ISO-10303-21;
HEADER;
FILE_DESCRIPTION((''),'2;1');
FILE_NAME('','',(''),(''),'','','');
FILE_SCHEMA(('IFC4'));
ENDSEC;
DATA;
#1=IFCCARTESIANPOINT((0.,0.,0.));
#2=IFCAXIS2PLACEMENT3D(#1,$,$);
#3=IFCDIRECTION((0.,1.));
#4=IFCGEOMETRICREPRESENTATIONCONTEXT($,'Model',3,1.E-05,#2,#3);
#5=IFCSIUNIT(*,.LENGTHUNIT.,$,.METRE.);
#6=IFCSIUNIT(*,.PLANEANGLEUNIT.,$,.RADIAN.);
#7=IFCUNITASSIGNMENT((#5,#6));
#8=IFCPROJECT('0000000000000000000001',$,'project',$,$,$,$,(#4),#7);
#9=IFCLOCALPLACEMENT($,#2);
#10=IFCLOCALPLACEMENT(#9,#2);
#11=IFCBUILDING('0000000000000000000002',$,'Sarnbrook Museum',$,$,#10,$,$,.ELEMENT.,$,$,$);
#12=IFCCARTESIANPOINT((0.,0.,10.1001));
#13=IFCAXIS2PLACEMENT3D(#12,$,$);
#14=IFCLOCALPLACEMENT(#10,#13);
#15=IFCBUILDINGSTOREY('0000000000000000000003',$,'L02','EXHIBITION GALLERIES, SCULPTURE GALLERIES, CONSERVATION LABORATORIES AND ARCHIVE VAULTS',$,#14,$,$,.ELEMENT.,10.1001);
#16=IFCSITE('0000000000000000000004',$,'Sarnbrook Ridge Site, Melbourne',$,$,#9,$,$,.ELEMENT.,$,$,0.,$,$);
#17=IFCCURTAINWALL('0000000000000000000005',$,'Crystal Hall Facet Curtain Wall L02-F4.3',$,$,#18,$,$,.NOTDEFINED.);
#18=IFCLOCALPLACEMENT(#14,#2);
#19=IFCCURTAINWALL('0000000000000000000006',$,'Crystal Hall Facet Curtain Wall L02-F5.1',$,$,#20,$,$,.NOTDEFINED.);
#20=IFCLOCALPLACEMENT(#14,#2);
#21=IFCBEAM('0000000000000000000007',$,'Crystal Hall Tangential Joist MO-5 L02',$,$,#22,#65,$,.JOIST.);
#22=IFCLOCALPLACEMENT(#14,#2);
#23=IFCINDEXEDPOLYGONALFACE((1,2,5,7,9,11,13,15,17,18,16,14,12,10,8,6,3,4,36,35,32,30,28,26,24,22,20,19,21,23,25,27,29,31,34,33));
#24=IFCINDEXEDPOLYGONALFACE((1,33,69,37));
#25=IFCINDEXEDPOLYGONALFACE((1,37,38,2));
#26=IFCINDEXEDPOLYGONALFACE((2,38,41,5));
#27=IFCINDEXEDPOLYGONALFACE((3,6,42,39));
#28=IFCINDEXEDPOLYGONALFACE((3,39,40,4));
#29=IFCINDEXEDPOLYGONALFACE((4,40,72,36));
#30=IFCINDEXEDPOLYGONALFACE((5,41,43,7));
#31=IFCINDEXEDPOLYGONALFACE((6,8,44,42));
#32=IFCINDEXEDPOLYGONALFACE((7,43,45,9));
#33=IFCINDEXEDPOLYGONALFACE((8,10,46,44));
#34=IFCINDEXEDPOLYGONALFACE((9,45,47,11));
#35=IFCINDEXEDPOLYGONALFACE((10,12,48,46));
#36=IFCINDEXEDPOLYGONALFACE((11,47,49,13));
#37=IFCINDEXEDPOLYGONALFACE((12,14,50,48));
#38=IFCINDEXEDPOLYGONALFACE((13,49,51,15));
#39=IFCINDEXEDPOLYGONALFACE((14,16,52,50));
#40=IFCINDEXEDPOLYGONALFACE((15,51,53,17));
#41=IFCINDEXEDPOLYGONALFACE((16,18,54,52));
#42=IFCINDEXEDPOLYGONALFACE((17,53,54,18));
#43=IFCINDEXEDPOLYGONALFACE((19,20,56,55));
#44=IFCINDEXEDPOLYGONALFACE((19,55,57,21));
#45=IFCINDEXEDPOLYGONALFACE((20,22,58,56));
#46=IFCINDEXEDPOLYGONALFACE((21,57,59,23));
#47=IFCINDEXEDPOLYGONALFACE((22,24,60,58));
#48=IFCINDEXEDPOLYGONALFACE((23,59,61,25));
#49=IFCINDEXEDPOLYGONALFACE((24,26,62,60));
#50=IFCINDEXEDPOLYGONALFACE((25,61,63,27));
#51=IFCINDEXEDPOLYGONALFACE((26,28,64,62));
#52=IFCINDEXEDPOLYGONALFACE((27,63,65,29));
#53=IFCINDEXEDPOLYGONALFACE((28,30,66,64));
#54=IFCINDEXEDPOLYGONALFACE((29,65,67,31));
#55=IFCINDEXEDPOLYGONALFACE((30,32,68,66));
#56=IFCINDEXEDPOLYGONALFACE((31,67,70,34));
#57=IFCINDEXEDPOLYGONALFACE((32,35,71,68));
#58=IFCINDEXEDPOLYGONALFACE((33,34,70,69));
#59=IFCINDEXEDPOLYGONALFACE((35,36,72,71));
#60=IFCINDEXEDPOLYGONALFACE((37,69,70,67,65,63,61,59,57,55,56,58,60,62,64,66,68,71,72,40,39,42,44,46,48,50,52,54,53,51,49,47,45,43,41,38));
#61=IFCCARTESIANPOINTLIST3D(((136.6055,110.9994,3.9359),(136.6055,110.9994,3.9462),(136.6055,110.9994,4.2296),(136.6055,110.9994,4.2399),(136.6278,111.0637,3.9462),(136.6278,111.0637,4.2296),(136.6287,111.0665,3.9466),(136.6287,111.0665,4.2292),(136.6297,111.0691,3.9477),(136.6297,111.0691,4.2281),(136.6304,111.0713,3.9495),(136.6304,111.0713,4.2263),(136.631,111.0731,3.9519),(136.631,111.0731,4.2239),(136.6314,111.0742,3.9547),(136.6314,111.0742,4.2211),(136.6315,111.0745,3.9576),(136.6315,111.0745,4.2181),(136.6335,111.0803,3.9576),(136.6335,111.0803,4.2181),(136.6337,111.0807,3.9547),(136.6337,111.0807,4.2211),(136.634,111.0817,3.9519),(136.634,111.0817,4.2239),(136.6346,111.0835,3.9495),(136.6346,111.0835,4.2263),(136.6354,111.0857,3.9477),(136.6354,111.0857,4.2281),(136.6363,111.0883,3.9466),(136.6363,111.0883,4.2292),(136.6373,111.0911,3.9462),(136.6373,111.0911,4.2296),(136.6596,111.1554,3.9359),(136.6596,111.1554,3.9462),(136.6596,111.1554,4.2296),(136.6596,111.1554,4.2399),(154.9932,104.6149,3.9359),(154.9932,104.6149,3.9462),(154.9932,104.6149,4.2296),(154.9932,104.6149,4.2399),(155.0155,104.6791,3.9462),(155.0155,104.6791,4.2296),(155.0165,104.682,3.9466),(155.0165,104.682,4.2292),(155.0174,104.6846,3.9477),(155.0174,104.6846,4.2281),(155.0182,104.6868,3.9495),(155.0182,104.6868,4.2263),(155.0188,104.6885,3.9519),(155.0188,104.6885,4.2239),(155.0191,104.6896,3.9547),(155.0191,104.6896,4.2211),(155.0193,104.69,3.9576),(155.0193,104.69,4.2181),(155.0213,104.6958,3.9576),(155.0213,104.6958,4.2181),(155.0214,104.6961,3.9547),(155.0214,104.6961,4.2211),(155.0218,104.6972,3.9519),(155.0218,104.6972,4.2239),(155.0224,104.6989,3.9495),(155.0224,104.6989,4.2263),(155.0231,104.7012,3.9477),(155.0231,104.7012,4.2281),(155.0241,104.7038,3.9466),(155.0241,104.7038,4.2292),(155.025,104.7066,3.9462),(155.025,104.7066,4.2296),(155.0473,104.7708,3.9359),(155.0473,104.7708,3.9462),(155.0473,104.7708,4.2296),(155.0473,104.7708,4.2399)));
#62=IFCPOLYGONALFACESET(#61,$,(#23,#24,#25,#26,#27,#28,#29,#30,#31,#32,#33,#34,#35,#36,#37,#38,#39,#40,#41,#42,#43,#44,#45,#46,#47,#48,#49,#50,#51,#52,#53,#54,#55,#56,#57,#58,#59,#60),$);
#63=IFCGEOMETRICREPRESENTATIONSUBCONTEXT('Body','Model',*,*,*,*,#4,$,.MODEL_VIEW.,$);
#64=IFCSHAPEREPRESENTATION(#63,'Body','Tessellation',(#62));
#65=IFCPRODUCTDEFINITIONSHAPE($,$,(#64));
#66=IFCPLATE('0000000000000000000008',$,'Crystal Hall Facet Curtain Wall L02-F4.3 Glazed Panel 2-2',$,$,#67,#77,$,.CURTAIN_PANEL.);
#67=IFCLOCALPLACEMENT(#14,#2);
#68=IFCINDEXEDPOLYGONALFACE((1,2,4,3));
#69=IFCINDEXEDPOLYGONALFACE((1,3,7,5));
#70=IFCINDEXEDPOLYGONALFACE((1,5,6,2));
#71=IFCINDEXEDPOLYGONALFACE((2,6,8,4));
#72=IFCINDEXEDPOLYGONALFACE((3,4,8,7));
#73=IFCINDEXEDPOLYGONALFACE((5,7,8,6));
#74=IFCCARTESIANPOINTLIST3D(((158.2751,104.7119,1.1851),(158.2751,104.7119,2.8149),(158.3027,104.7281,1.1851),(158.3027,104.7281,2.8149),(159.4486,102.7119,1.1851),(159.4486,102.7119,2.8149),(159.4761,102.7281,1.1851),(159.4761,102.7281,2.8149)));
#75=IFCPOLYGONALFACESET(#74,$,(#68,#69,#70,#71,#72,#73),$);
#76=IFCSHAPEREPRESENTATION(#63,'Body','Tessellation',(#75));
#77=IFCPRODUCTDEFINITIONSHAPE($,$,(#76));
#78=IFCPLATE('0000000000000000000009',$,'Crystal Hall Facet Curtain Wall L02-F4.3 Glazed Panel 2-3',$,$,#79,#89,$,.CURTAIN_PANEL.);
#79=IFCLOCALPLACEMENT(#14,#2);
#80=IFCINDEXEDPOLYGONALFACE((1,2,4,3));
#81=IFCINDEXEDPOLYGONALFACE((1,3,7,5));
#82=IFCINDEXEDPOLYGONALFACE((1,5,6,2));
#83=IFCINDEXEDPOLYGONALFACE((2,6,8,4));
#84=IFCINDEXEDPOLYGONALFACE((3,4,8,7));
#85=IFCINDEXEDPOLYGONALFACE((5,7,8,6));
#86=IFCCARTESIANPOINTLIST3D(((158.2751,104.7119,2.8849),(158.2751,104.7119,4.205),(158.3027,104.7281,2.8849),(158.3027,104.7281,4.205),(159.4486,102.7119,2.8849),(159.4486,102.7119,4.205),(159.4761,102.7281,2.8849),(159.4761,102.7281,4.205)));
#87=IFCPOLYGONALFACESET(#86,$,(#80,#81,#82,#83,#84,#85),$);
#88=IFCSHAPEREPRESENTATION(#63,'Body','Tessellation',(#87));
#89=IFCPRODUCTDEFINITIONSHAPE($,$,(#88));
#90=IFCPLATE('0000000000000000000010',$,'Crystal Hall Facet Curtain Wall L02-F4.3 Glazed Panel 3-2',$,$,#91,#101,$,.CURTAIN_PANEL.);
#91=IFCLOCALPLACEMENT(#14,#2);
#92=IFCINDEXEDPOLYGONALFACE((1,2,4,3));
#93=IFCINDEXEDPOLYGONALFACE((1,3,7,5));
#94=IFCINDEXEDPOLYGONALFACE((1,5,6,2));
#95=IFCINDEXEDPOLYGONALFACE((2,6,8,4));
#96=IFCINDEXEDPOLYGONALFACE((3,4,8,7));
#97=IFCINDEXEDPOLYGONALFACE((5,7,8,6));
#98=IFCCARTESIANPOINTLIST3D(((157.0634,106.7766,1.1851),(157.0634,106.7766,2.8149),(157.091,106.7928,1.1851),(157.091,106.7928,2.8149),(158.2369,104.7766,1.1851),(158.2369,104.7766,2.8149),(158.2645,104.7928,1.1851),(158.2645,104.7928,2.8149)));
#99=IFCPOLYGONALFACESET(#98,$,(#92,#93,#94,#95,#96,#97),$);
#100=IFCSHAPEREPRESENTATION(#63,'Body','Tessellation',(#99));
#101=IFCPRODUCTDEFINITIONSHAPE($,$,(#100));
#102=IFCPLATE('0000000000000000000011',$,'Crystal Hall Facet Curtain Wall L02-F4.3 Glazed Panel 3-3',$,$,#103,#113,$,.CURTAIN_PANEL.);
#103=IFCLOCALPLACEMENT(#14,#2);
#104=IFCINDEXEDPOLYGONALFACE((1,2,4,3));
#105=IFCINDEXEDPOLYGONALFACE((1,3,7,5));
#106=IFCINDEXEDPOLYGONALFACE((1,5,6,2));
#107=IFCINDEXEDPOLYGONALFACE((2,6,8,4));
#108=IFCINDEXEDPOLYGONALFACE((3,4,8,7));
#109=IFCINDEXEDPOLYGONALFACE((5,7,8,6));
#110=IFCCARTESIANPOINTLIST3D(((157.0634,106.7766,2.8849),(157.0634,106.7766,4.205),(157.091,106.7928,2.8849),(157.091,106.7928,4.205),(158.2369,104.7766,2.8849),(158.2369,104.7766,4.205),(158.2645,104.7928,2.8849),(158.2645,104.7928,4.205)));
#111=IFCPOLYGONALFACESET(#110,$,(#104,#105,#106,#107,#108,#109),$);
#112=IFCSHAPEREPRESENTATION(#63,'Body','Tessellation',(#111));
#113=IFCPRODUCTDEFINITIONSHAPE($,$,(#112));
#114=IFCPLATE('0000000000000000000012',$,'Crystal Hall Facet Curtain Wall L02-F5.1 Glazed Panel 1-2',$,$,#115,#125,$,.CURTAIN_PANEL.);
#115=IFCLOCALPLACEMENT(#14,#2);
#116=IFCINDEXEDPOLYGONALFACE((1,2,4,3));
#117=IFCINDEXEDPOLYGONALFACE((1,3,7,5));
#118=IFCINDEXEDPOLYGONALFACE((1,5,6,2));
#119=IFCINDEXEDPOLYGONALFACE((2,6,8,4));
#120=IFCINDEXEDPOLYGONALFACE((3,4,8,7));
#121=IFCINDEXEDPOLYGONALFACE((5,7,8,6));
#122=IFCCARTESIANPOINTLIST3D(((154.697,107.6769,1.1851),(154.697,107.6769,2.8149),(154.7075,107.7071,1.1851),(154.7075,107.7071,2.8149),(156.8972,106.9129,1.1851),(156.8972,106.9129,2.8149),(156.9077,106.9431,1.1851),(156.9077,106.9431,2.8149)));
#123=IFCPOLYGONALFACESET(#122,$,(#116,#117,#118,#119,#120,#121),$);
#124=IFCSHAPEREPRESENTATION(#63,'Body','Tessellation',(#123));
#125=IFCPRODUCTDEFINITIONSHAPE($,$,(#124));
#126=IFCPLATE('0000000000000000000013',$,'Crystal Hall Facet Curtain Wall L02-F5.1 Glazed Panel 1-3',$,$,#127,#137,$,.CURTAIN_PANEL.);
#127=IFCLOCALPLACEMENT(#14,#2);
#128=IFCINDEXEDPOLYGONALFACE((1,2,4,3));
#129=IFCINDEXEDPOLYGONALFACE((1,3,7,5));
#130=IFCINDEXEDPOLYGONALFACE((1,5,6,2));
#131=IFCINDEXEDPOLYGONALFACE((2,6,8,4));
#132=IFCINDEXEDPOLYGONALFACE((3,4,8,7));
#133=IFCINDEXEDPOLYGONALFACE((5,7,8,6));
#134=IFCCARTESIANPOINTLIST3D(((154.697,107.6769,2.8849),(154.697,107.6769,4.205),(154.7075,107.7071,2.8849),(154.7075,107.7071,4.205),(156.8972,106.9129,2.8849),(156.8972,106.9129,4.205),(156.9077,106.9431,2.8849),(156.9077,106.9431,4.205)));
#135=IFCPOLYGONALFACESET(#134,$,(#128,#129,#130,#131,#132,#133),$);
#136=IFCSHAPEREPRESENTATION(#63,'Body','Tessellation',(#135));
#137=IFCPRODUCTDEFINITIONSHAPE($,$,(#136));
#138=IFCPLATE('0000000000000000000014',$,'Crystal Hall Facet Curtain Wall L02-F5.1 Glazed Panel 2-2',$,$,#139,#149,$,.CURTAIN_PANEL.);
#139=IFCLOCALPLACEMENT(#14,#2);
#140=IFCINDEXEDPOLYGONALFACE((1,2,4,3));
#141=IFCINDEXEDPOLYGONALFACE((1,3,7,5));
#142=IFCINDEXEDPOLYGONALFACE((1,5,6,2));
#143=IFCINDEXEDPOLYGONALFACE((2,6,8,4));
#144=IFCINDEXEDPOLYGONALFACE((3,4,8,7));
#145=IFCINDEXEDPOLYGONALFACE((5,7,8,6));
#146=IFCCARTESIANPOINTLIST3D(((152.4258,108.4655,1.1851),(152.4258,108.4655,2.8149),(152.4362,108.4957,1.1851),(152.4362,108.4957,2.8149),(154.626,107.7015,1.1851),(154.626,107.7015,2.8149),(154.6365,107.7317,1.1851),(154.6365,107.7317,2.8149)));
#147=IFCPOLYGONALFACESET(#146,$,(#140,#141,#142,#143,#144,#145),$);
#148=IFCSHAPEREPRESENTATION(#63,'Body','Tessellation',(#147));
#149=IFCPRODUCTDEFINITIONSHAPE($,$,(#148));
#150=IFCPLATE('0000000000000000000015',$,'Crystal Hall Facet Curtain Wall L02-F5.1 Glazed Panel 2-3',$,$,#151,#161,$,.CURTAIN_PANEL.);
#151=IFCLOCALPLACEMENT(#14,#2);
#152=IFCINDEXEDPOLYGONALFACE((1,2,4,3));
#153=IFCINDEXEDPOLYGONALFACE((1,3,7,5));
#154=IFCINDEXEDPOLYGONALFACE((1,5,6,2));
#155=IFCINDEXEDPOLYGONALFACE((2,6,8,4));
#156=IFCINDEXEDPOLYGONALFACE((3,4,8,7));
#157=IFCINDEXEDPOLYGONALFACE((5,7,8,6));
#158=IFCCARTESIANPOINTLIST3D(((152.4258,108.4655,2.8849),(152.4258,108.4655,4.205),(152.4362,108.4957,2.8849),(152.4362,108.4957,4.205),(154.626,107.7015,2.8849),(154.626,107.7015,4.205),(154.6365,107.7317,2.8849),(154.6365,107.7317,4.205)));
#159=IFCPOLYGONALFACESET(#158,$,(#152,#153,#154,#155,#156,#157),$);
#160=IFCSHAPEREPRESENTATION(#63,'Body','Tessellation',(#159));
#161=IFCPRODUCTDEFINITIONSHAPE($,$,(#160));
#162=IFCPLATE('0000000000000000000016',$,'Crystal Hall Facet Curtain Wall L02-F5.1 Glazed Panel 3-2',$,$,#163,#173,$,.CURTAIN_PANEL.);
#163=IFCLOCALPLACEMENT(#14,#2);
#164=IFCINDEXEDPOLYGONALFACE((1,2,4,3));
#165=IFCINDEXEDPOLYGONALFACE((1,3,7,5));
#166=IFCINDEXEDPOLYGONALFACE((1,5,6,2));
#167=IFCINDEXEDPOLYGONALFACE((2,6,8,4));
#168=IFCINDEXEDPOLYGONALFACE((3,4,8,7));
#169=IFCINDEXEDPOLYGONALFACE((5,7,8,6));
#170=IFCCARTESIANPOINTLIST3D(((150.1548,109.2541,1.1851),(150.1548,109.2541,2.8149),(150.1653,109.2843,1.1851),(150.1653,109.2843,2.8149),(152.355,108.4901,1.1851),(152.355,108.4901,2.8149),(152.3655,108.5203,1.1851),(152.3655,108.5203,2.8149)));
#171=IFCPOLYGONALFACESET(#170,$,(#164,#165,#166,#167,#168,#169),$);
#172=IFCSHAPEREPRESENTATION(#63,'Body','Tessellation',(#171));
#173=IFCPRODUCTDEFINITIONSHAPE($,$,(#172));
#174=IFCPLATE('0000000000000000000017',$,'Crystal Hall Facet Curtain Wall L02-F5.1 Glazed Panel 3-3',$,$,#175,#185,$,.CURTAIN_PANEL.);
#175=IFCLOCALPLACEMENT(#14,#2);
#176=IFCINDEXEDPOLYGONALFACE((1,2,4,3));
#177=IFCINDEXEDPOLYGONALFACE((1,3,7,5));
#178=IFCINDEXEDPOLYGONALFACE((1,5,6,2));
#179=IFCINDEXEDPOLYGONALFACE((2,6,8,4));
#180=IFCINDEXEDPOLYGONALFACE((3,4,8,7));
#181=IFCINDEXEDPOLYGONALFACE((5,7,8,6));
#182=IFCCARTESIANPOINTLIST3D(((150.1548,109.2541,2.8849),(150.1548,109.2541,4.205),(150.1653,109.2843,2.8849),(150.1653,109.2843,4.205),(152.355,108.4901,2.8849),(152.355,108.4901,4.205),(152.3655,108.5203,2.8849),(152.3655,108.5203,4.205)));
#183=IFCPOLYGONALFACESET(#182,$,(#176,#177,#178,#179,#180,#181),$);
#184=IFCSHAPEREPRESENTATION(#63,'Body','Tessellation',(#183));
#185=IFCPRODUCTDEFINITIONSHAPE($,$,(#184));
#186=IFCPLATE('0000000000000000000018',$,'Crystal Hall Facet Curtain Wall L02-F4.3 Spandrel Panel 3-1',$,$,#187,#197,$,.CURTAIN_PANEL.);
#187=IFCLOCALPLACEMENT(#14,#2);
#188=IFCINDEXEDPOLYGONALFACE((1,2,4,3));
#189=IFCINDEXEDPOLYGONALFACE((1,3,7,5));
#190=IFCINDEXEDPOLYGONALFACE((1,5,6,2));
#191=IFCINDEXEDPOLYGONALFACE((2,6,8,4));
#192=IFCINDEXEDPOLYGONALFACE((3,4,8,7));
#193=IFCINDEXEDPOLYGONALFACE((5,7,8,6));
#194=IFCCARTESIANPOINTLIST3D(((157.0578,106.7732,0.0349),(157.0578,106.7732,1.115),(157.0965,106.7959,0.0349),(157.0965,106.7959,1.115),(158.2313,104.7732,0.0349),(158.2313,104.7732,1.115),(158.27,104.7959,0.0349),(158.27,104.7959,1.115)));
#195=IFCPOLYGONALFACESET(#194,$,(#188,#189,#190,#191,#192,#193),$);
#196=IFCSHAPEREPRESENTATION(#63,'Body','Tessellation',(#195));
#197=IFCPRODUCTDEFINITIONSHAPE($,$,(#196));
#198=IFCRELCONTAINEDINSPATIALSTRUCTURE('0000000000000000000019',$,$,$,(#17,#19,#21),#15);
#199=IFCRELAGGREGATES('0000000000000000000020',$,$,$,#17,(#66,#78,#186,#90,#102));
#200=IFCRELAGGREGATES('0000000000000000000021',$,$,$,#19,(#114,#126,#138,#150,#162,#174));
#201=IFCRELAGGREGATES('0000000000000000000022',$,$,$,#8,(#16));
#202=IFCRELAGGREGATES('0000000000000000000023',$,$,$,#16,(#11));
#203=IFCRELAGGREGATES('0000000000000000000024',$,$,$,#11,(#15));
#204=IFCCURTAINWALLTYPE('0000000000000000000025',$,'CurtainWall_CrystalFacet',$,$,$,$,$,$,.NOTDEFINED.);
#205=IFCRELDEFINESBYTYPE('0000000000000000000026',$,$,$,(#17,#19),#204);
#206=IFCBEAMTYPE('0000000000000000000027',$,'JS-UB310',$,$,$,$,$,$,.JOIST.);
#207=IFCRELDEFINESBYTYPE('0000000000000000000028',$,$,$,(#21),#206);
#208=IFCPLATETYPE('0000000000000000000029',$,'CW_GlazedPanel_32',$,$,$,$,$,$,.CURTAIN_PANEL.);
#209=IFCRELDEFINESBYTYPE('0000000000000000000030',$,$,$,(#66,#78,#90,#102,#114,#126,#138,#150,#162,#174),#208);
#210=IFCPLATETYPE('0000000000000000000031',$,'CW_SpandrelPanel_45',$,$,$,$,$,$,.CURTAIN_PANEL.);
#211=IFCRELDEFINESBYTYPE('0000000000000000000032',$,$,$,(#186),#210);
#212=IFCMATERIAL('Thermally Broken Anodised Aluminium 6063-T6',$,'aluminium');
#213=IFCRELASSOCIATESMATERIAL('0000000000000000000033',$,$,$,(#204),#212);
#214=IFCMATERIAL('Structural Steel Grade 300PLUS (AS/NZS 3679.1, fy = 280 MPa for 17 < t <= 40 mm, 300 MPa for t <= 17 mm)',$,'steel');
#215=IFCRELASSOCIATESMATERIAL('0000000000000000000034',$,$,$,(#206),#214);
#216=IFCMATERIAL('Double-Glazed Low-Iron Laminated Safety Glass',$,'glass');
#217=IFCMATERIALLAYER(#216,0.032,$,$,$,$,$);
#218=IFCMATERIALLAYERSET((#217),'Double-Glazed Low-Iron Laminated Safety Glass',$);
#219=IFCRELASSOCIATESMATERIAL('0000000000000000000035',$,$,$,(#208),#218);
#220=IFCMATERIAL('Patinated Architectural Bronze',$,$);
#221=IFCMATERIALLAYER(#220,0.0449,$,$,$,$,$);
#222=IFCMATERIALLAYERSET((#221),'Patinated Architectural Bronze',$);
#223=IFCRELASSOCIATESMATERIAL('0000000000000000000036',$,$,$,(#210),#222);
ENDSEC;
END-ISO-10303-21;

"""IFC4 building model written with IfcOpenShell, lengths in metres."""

from ifc_helpers import new_model, si_unit, direction, frame, origin, origin_2d, place, context, subcontext, project, spatial, rectangle, i_section, extrude, material, layer, layer_set, material_profile, profile_set, type_object, element, aggregate, save


model = new_model("IFC4")

# Units and contexts
model_context = context("Model", 3, precision=1e-05, world=origin(), true_north=direction((0.0, 1.0)))
body_context = subcontext(model_context, "Body", "Model", "MODEL_VIEW")
ifc_project = project(units=[si_unit("LENGTHUNIT", "METRE"), si_unit("PLANEANGLEUNIT", "RADIAN")], contexts=[model_context])

# Site, building, storey
site_placement = place(None, origin())
site = spatial("IfcSite", under=ifc_project, at=site_placement, Name="Sarnbrook Ridge Site, Melbourne", CompositionType="ELEMENT", RefElevation=0.0)
building_placement = place(site_placement, origin())
building = spatial("IfcBuilding", under=site, at=building_placement, Name="Sarnbrook Museum", CompositionType="ELEMENT")
storey_placement = place(building_placement, frame((0.0, 0.0, 10.1001)))
storey = spatial("IfcBuildingStorey", under=building, at=storey_placement, Name="L02", Description="EXHIBITION GALLERIES, SCULPTURE GALLERIES, CONSERVATION LABORATORIES AND ARCHIVE VAULTS", CompositionType="ELEMENT", Elevation=10.1001)

# Curtain walls
ifc_material_1 = material(Name="Thermally Broken Anodised Aluminium 6063-T6", Category="aluminium")
curtain_wall_type = type_object("IfcCurtainWallType", Name="CurtainWall_CrystalFacet", PredefinedType="NOTDEFINED", material=ifc_material_1)
curtain_wall_1_placement = place(storey_placement, origin())
curtain_wall_1 = element("IfcCurtainWall", 1, at=curtain_wall_1_placement, inside=storey, type_object=curtain_wall_type, Name="Crystal Hall Facet Curtain Wall L02-F4.3", PredefinedType="NOTDEFINED")
curtain_wall_2_placement = place(storey_placement, origin())
curtain_wall_2 = element("IfcCurtainWall", 2, at=curtain_wall_2_placement, inside=storey, type_object=curtain_wall_type, Name="Crystal Hall Facet Curtain Wall L02-F5.1", PredefinedType="NOTDEFINED")

# Beam
ifc_material_2 = material(Name="Structural Steel Grade 300PLUS (AS/NZS 3679.1, fy = 280 MPa for 17 < t <= 40 mm, 300 MPa for t <= 17 mm)", Category="steel")
ifc_material_profile_1 = material_profile(ifc_material_2, i_section(OverallWidth=0.165, OverallDepth=0.304, WebThickness=0.0061, FlangeThickness=0.0103, FilletRadius=0.0115, at=origin_2d()), Name="310UB40.4")
ifc_profile_set_1 = profile_set([ifc_material_profile_1], Name="Structural Steel Grade 300PLUS (AS/NZS 3679.1, fy = 280 MPa for 17 < t <= 40 mm, 300 MPa for t <= 17 mm)")
beam_type_1 = type_object("IfcBeamType", Name="JS-UB310", PredefinedType="JOIST", material=ifc_profile_set_1)
beam_1_placement = place(storey_placement, frame((155.0203, 104.6929, 4.0879), z_axis=(-0.944675, 0.328007, 0.0), x_axis=(-0.328007, -0.944675, 0.0)))
element("IfcBeam", 3, at=beam_1_placement, inside=storey, type_object=beam_type_1, Name="Crystal Hall Tangential Joist MO-5 L02", PredefinedType="JOIST", context=body_context, shape_type="SweptSolid", body=[
    extrude(i_section(OverallWidth=0.165, OverallDepth=0.304, WebThickness=0.0061, FlangeThickness=0.0103, FilletRadius=0.0115, at=origin_2d()), origin(), (0.0, 0.0, 1.0), 19.4646),
])

# Plates
ifc_material_3 = material(Name="Double-Glazed Low-Iron Laminated Safety Glass", Category="glass")
ifc_layer_1 = layer(ifc_material_3, 0.032)
ifc_layer_set_1 = layer_set([ifc_layer_1], Name="Double-Glazed Low-Iron Laminated Safety Glass")
plate_type_1 = type_object("IfcPlateType", Name="CW_GlazedPanel_32", PredefinedType="CURTAIN_PANEL", material=ifc_layer_set_1)
plate_1_placement = place(storey_placement, frame((158.8618, 103.7119, 2.0), z_axis=(0.862498, 0.506061, 0.0), x_axis=(-0.506061, 0.862498, 0.0)))
plate_1 = element("IfcPlate", 4, at=plate_1_placement, type_object=plate_type_1, Name="Crystal Hall Facet Curtain Wall L02-F4.3 Glazed Panel 2-2", PredefinedType="CURTAIN_PANEL", context=body_context, shape_type="SweptSolid", body=[
    extrude(rectangle(XDim=2.3188, YDim=1.6299, at=origin_2d()), origin(), (0.0, 0.0, 1.0), 0.032),
])
plate_2_placement = place(storey_placement, frame((158.8618, 103.7119, 3.5449), z_axis=(0.862498, 0.506061, 0.0), x_axis=(-0.506061, 0.862498, 0.0)))
plate_2 = element("IfcPlate", 5, at=plate_2_placement, type_object=plate_type_1, Name="Crystal Hall Facet Curtain Wall L02-F4.3 Glazed Panel 2-3", PredefinedType="CURTAIN_PANEL", context=body_context, shape_type="SweptSolid", body=[
    extrude(rectangle(XDim=2.3188, YDim=1.3201, at=origin_2d()), origin(), (0.0, 0.0, 1.0), 0.032),
])
plate_3_placement = place(storey_placement, frame((157.6501, 105.7766, 2.0), z_axis=(0.862498, 0.506061, 0.0), x_axis=(-0.506061, 0.862498, 0.0)))
plate_3 = element("IfcPlate", 6, at=plate_3_placement, type_object=plate_type_1, Name="Crystal Hall Facet Curtain Wall L02-F4.3 Glazed Panel 3-2", PredefinedType="CURTAIN_PANEL", context=body_context, shape_type="SweptSolid", body=[
    extrude(rectangle(XDim=2.3188, YDim=1.6299, at=origin_2d()), origin(), (0.0, 0.0, 1.0), 0.032),
])
plate_4_placement = place(storey_placement, frame((157.6501, 105.7766, 3.5449), z_axis=(0.862498, 0.506061, 0.0), x_axis=(-0.506061, 0.862498, 0.0)))
plate_4 = element("IfcPlate", 7, at=plate_4_placement, type_object=plate_type_1, Name="Crystal Hall Facet Curtain Wall L02-F4.3 Glazed Panel 3-3", PredefinedType="CURTAIN_PANEL", context=body_context, shape_type="SweptSolid", body=[
    extrude(rectangle(XDim=2.3188, YDim=1.3201, at=origin_2d()), origin(), (0.0, 0.0, 1.0), 0.032),
])
plate_5_placement = place(storey_placement, frame((155.7971, 107.2949, 2.0), z_axis=(0.328013, 0.944673, 0.0), x_axis=(-0.944673, 0.328013, 0.0)))
plate_5 = element("IfcPlate", 8, at=plate_5_placement, type_object=plate_type_1, Name="Crystal Hall Facet Curtain Wall L02-F5.1 Glazed Panel 1-2", PredefinedType="CURTAIN_PANEL", context=body_context, shape_type="SweptSolid", body=[
    extrude(rectangle(XDim=2.3291, YDim=1.6299, at=origin_2d()), origin(), (0.0, 0.0, 1.0), 0.032),
])
plate_6_placement = place(storey_placement, frame((155.7971, 107.2949, 3.5449), z_axis=(0.328013, 0.944673, 0.0), x_axis=(-0.944673, 0.328013, 0.0)))
plate_6 = element("IfcPlate", 9, at=plate_6_placement, type_object=plate_type_1, Name="Crystal Hall Facet Curtain Wall L02-F5.1 Glazed Panel 1-3", PredefinedType="CURTAIN_PANEL", context=body_context, shape_type="SweptSolid", body=[
    extrude(rectangle(XDim=2.3291, YDim=1.3201, at=origin_2d()), origin(), (0.0, 0.0, 1.0), 0.032),
])
plate_7_placement = place(storey_placement, frame((153.5259, 108.0835, 2.0), z_axis=(0.328013, 0.944673, 0.0), x_axis=(-0.944673, 0.328013, 0.0)))
plate_7 = element("IfcPlate", 10, at=plate_7_placement, type_object=plate_type_1, Name="Crystal Hall Facet Curtain Wall L02-F5.1 Glazed Panel 2-2", PredefinedType="CURTAIN_PANEL", context=body_context, shape_type="SweptSolid", body=[
    extrude(rectangle(XDim=2.3291, YDim=1.6299, at=origin_2d()), origin(), (0.0, 0.0, 1.0), 0.032),
])
plate_8_placement = place(storey_placement, frame((153.5259, 108.0835, 3.5449), z_axis=(0.328013, 0.944673, 0.0), x_axis=(-0.944673, 0.328013, 0.0)))
plate_8 = element("IfcPlate", 11, at=plate_8_placement, type_object=plate_type_1, Name="Crystal Hall Facet Curtain Wall L02-F5.1 Glazed Panel 2-3", PredefinedType="CURTAIN_PANEL", context=body_context, shape_type="SweptSolid", body=[
    extrude(rectangle(XDim=2.3291, YDim=1.3201, at=origin_2d()), origin(), (0.0, 0.0, 1.0), 0.032),
])
plate_9_placement = place(storey_placement, frame((151.2549, 108.8721, 2.0), z_axis=(0.328013, 0.944673, 0.0), x_axis=(-0.944673, 0.328013, 0.0)))
plate_9 = element("IfcPlate", 12, at=plate_9_placement, type_object=plate_type_1, Name="Crystal Hall Facet Curtain Wall L02-F5.1 Glazed Panel 3-2", PredefinedType="CURTAIN_PANEL", context=body_context, shape_type="SweptSolid", body=[
    extrude(rectangle(XDim=2.3291, YDim=1.6299, at=origin_2d()), origin(), (0.0, 0.0, 1.0), 0.032),
])
plate_10_placement = place(storey_placement, frame((151.2549, 108.8721, 3.5449), z_axis=(0.328013, 0.944673, 0.0), x_axis=(-0.944673, 0.328013, 0.0)))
plate_10 = element("IfcPlate", 13, at=plate_10_placement, type_object=plate_type_1, Name="Crystal Hall Facet Curtain Wall L02-F5.1 Glazed Panel 3-3", PredefinedType="CURTAIN_PANEL", context=body_context, shape_type="SweptSolid", body=[
    extrude(rectangle(XDim=2.3291, YDim=1.3201, at=origin_2d()), origin(), (0.0, 0.0, 1.0), 0.032),
])
ifc_material_4 = material(Name="Patinated Architectural Bronze")
ifc_layer_2 = layer(ifc_material_4, 0.0449)
ifc_layer_set_2 = layer_set([ifc_layer_2], Name="Patinated Architectural Bronze")
plate_type_2 = type_object("IfcPlateType", Name="CW_SpandrelPanel_45", PredefinedType="CURTAIN_PANEL", material=ifc_layer_set_2)
plate_11_placement = place(storey_placement, frame((157.6445, 105.7732, 0.575), z_axis=(0.862498, 0.506061, 0.0), x_axis=(-0.506061, 0.862498, 0.0)))
plate_11 = element("IfcPlate", 14, at=plate_11_placement, type_object=plate_type_2, Name="Crystal Hall Facet Curtain Wall L02-F4.3 Spandrel Panel 3-1", PredefinedType="CURTAIN_PANEL", context=body_context, shape_type="SweptSolid", body=[
    extrude(rectangle(XDim=2.3188, YDim=1.0801, at=origin_2d()), origin(), (0.0, 0.0, 1.0), 0.0449),
])
aggregate(curtain_wall_1, [plate_1, plate_2, plate_11, plate_3, plate_4])
aggregate(curtain_wall_2, [plate_5, plate_6, plate_7, plate_8, plate_9, plate_10])

save(model, "model.ifc")
